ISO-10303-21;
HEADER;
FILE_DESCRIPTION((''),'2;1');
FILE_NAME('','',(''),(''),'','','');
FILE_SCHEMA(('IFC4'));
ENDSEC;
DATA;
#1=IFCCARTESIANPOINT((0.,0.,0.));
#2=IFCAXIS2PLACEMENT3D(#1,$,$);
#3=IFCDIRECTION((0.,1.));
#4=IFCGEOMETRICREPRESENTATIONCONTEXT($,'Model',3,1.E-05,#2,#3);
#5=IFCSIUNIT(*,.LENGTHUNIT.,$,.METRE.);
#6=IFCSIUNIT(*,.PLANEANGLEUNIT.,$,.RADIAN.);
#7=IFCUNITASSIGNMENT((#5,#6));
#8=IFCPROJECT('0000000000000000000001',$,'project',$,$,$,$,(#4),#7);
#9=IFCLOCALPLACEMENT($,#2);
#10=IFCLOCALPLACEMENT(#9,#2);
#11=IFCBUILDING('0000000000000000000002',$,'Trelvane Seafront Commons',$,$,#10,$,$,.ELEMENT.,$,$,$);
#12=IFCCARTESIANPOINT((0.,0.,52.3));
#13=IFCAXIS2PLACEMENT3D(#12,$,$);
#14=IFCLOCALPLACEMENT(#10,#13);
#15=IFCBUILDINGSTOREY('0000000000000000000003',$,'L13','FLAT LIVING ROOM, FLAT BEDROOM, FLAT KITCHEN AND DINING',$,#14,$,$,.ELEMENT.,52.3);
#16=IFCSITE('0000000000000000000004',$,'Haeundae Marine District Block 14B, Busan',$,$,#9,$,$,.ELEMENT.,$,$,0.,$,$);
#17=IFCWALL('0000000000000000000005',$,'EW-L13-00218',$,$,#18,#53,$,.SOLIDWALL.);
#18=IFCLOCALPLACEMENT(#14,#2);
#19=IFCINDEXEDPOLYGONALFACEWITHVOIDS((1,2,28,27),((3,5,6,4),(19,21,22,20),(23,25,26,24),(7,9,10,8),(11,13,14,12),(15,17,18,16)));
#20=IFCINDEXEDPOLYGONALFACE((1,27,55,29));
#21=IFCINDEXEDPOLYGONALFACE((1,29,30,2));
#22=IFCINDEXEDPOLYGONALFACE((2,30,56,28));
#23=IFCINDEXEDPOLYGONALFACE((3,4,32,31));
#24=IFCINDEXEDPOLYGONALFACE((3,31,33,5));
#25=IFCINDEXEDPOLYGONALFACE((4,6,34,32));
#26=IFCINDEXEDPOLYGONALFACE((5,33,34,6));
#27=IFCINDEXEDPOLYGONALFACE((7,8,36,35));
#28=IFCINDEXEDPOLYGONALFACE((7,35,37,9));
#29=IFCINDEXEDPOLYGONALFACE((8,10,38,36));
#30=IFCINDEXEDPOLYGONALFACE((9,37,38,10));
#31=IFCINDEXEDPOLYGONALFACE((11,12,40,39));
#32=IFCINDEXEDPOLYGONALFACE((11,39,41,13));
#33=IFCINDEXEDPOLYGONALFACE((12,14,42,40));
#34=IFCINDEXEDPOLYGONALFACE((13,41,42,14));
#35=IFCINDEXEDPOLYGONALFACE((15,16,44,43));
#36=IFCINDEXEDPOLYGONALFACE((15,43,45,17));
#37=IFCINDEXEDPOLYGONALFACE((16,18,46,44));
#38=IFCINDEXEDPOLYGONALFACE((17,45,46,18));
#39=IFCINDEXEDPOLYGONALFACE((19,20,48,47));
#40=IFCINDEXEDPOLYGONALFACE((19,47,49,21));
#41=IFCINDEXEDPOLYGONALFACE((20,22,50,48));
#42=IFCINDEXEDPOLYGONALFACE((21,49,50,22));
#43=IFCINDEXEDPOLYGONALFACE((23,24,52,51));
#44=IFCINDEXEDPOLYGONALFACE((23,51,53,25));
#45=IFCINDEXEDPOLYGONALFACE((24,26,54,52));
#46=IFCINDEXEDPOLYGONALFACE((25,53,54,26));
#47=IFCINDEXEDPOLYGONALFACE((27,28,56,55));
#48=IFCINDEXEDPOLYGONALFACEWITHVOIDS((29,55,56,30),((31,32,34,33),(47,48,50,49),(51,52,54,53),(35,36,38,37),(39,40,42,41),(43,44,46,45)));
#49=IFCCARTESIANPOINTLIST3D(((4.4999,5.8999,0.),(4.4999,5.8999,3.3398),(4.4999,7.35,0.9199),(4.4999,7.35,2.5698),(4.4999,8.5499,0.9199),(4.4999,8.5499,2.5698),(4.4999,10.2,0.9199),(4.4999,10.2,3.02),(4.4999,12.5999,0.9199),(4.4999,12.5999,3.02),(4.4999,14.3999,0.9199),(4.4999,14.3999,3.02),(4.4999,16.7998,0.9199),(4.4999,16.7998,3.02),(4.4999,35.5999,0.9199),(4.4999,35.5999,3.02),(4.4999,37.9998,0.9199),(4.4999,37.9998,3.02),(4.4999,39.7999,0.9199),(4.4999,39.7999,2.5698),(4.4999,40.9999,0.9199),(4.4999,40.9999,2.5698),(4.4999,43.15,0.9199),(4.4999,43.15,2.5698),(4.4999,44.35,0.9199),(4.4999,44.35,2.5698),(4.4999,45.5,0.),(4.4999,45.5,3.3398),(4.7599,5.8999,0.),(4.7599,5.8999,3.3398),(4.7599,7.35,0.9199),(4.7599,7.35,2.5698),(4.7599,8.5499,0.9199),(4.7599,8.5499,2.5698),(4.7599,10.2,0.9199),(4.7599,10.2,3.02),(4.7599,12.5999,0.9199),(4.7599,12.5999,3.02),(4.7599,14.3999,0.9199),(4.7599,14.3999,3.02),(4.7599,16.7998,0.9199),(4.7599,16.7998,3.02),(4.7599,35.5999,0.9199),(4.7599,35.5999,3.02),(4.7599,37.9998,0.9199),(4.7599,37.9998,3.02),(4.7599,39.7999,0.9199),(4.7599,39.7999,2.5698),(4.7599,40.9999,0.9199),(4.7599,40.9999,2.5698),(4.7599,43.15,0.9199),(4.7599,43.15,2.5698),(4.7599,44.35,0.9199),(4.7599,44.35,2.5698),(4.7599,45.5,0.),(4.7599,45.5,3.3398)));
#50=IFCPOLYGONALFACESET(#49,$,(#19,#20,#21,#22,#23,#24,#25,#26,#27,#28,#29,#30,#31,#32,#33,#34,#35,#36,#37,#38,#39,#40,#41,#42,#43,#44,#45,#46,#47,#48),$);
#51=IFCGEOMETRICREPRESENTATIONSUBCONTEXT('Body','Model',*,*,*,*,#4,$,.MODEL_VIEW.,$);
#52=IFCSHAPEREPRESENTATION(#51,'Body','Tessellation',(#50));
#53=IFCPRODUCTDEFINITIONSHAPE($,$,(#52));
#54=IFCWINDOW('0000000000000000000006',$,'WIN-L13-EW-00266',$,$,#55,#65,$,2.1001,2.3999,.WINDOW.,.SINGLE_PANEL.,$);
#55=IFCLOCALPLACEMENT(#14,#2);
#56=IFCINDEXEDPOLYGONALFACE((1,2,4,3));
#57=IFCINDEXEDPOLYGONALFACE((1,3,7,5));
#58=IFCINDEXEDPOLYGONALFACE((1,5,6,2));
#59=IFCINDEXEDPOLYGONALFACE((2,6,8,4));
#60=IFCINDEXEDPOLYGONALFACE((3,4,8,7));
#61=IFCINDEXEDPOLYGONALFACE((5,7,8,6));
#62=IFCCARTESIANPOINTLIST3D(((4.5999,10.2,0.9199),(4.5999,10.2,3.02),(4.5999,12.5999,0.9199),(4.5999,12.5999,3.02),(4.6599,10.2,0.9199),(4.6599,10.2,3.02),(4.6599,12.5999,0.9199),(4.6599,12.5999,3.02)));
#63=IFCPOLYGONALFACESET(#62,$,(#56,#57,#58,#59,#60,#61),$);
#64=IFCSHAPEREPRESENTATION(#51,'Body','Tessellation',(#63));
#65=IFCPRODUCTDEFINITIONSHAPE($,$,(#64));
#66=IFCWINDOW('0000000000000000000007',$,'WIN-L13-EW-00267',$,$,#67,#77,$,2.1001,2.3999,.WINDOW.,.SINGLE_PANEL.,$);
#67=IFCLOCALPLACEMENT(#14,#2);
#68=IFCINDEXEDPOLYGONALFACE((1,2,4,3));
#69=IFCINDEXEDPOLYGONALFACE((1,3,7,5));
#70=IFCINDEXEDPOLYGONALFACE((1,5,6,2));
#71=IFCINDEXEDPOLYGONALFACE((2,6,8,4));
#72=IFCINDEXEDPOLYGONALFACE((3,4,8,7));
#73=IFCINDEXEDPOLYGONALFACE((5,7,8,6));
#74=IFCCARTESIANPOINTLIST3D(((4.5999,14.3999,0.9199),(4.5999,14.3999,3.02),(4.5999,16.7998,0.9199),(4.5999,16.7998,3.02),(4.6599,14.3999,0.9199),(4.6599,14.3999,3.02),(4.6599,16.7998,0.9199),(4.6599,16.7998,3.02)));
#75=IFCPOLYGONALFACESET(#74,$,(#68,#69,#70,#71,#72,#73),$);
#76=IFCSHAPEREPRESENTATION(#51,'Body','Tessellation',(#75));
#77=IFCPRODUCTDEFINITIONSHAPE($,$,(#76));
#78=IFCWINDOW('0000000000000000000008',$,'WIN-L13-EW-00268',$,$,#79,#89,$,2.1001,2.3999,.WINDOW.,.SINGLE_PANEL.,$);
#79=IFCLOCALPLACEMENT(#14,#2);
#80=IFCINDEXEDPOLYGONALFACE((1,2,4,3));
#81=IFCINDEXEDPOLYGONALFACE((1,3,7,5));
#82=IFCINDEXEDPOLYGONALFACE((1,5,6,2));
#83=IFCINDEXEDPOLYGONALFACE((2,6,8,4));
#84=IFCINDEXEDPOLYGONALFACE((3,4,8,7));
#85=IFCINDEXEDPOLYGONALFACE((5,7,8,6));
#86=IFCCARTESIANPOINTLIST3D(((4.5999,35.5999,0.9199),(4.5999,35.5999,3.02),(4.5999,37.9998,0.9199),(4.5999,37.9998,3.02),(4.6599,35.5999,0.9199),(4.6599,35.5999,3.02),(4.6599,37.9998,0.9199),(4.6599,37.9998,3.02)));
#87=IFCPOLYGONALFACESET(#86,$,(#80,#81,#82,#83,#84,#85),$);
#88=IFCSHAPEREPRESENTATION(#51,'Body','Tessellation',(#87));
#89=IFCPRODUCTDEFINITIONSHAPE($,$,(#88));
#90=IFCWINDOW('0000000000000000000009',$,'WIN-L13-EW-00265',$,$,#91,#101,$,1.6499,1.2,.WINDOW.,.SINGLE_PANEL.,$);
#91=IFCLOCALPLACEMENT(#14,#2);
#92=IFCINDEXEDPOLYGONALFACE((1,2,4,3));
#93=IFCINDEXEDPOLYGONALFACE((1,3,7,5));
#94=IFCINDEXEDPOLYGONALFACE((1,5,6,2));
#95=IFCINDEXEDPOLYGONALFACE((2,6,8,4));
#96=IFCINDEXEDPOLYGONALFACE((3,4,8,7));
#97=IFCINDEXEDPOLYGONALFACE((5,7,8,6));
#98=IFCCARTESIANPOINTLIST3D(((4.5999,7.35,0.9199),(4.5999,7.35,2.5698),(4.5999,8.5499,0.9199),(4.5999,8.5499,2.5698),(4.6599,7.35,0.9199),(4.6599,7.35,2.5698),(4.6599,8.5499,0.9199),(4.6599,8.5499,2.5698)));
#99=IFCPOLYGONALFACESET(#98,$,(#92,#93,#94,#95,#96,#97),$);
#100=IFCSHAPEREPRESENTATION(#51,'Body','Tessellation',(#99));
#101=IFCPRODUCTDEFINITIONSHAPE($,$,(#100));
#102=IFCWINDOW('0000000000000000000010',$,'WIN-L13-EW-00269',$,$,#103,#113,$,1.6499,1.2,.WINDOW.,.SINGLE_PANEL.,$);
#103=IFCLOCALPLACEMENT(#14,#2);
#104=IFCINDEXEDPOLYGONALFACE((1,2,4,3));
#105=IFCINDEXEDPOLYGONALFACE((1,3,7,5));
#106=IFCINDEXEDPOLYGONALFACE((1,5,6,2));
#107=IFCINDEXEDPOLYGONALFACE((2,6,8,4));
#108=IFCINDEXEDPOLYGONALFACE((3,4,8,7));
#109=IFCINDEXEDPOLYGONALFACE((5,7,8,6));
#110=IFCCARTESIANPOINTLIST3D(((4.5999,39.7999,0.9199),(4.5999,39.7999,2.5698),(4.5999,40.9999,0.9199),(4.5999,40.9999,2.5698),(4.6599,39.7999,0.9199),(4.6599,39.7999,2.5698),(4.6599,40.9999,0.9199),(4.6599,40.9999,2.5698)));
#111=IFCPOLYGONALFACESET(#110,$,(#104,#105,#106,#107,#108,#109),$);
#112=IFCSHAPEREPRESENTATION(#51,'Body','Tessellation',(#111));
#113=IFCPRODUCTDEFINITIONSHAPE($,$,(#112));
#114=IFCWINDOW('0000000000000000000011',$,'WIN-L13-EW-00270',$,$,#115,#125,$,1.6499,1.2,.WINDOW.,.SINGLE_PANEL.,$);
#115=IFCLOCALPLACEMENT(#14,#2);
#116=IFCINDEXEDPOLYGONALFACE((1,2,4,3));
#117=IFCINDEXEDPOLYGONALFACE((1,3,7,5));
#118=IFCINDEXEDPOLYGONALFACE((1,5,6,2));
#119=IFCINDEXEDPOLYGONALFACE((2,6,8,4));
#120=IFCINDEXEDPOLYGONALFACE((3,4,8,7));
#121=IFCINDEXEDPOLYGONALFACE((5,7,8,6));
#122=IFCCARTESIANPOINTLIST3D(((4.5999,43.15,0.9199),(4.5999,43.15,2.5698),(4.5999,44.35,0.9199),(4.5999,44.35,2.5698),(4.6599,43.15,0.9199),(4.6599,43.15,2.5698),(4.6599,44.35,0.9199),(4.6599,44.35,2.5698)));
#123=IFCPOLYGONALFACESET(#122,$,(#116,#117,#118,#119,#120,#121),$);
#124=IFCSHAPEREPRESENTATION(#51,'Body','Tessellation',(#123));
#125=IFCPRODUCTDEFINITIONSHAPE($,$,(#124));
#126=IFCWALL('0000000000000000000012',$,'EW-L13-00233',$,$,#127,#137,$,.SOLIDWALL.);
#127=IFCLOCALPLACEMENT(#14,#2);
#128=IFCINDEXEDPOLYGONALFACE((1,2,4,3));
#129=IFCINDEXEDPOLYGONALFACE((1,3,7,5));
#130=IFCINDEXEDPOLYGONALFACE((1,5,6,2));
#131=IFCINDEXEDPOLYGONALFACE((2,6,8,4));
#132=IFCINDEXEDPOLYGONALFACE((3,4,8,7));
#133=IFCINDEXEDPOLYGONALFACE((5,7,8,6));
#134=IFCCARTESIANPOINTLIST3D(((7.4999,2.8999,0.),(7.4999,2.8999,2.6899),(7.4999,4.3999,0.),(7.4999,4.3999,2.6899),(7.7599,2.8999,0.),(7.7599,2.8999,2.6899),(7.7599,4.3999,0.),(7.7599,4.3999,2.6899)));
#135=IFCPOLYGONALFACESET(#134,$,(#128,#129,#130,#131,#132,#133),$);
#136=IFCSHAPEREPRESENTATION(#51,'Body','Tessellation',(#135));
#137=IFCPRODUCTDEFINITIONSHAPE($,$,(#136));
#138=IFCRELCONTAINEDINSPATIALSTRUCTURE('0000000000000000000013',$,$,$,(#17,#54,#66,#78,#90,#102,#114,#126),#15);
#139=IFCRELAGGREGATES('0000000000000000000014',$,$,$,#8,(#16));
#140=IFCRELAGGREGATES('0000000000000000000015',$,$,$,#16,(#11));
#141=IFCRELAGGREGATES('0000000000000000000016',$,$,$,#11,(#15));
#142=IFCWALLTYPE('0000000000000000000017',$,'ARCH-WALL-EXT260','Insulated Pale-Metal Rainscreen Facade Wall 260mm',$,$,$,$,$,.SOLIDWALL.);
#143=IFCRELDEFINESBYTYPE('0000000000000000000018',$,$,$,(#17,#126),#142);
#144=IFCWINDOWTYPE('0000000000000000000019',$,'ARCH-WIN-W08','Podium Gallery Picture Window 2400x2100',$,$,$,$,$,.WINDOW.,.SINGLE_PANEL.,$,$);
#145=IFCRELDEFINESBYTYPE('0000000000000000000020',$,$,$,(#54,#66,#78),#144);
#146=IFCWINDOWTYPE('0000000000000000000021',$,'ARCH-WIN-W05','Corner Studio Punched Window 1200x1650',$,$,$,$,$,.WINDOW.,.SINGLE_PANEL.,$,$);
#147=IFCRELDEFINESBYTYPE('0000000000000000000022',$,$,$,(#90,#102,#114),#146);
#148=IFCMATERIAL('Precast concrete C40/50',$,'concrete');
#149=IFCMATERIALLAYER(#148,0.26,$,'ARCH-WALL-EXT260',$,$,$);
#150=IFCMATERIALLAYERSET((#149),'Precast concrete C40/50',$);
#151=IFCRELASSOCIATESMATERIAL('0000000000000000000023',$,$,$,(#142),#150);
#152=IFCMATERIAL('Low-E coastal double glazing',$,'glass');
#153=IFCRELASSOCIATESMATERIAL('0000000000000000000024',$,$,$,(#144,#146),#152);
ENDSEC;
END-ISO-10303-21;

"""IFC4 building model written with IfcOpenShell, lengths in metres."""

from ifc_helpers import new_model, si_unit, direction, frame, frame_2d, origin, place, context, subcontext, project, spatial, rectangle, extrude, source, transform, mapped, material, layer, layer_set, type_object, element, fill, save


model = new_model("IFC4")

# Units and contexts
model_context = context("Model", 3, precision=1e-05, world=origin(), true_north=direction((0.0, 1.0)))
body_context = subcontext(model_context, "Body", "Model", "MODEL_VIEW")
ifc_project = project(units=[si_unit("LENGTHUNIT", "METRE"), si_unit("PLANEANGLEUNIT", "RADIAN")], contexts=[model_context])

# Site, building, storey
site_placement = place(None, origin())
site = spatial("IfcSite", under=ifc_project, at=site_placement, Name="Haeundae Marine District Block 14B, Busan", CompositionType="ELEMENT", RefElevation=0.0)
building_placement = place(site_placement, origin())
building = spatial("IfcBuilding", under=site, at=building_placement, Name="Trelvane Seafront Commons", CompositionType="ELEMENT")
storey_placement = place(building_placement, frame((0.0, 0.0, 52.3)))
storey = spatial("IfcBuildingStorey", under=building, at=storey_placement, Name="L13", Description="FLAT LIVING ROOM, FLAT BEDROOM, FLAT KITCHEN AND DINING", CompositionType="ELEMENT", Elevation=52.3)

# Shared definitions
ifc_material_1 = material(Name="Precast concrete C40/50", Category="concrete")
ifc_layer_1 = layer(ifc_material_1, 0.26, Name="ARCH-WALL-EXT260")
ifc_layer_set_1 = layer_set([ifc_layer_1], Name="Precast concrete C40/50")
wall_type_1 = type_object("IfcWallType", Name="ARCH-WALL-EXT260", Description="Insulated Pale-Metal Rainscreen Facade Wall 260mm", PredefinedType="SOLIDWALL", material=ifc_layer_set_1)

# Wall, openings, windows
wall_1_placement = place(storey_placement, frame((4.6299, 5.8999, 0.0), z_axis=(0.0, 0.0, 1.0), x_axis=(0.0, 1.0, 0.0)))
wall_1 = element("IfcWall", 1, at=wall_1_placement, inside=storey, type_object=wall_type_1, Name="EW-L13-00218", PredefinedType="SOLIDWALL", context=body_context, shape_type="SweptSolid", body=[
    extrude(rectangle(XDim=39.6001, YDim=0.26, at=frame_2d((19.8, 0.0))), origin(), (0.0, 0.0, 1.0), 3.3398),
])
opening_1_placement = place(wall_1_placement, frame((1.45, 0.0, 0.9199)))
opening_1 = element("IfcOpeningElement", 2, at=opening_1_placement, cuts=wall_1, PredefinedType="OPENING", context=body_context, shape_type="SweptSolid", body=[
    extrude(rectangle(XDim=1.2, YDim=1.6499, at=frame_2d((0.6001, 0.825))), frame((0.0, 0.1399, 0.0), z_axis=(0.0, -1.0, 0.0), x_axis=(1.0, 0.0, 0.0)), (0.0, 0.0, 1.0), 0.28),
])
opening_2_placement = place(wall_1_placement, frame((4.3, 0.0, 0.9199)))
opening_2 = element("IfcOpeningElement", 3, at=opening_2_placement, cuts=wall_1, PredefinedType="OPENING", context=body_context, shape_type="SweptSolid", body=[
    extrude(rectangle(XDim=2.3999, YDim=2.1001, at=frame_2d((1.2, 1.05))), frame((0.0, 0.1399, 0.0), z_axis=(0.0, -1.0, 0.0), x_axis=(1.0, 0.0, 0.0)), (0.0, 0.0, 1.0), 0.28),
])
opening_3_placement = place(wall_1_placement, frame((8.5, 0.0, 0.9199)))
opening_3 = element("IfcOpeningElement", 4, at=opening_3_placement, cuts=wall_1, PredefinedType="OPENING", context=body_context, shape_type="SweptSolid", body=[
    extrude(rectangle(XDim=2.3999, YDim=2.1001, at=frame_2d((1.2, 1.05))), frame((0.0, 0.1399, 0.0), z_axis=(0.0, -1.0, 0.0), x_axis=(1.0, 0.0, 0.0)), (0.0, 0.0, 1.0), 0.28),
])
opening_4_placement = place(wall_1_placement, frame((29.7, 0.0, 0.9199)))
opening_4 = element("IfcOpeningElement", 5, at=opening_4_placement, cuts=wall_1, PredefinedType="OPENING", context=body_context, shape_type="SweptSolid", body=[
    extrude(rectangle(XDim=2.3999, YDim=2.1001, at=frame_2d((1.2, 1.05))), frame((0.0, 0.1399, 0.0), z_axis=(0.0, -1.0, 0.0), x_axis=(1.0, 0.0, 0.0)), (0.0, 0.0, 1.0), 0.28),
])
opening_5_placement = place(wall_1_placement, frame((33.8999, 0.0, 0.9199)))
opening_5 = element("IfcOpeningElement", 6, at=opening_5_placement, cuts=wall_1, PredefinedType="OPENING", context=body_context, shape_type="SweptSolid", body=[
    extrude(rectangle(XDim=1.2, YDim=1.6499, at=frame_2d((0.6001, 0.825))), frame((0.0, 0.1399, 0.0), z_axis=(0.0, -1.0, 0.0), x_axis=(1.0, 0.0, 0.0)), (0.0, 0.0, 1.0), 0.28),
])
opening_6_placement = place(wall_1_placement, frame((37.25, 0.0, 0.9199)))
opening_6 = element("IfcOpeningElement", 7, at=opening_6_placement, cuts=wall_1, PredefinedType="OPENING", context=body_context, shape_type="SweptSolid", body=[
    extrude(rectangle(XDim=1.2, YDim=1.6499, at=frame_2d((0.6001, 0.825))), frame((0.0, 0.1399, 0.0), z_axis=(0.0, -1.0, 0.0), x_axis=(1.0, 0.0, 0.0)), (0.0, 0.0, 1.0), 0.28),
])
ifc_material_2 = material(Name="Low-E coastal double glazing", Category="glass")
window_type_1 = type_object("IfcWindowType", Name="ARCH-WIN-W08", Description="Podium Gallery Picture Window 2400x2100", PartitioningType="SINGLE_PANEL", PredefinedType="WINDOW", material=ifc_material_2)
shared_shape_1 = source(origin(), body_context, "Body", "SweptSolid", [
    extrude(rectangle(XDim=2.3999, YDim=2.1001, at=frame_2d((1.2, 1.05))), frame((0.0, 0.03, 0.0), z_axis=(0.0, -1.0, 0.0), x_axis=(1.0, 0.0, 0.0)), (0.0, 0.0, 1.0), 0.0601),
])
window_1_placement = place(opening_2_placement, origin())
window_1 = element("IfcWindow", 8, at=window_1_placement, inside=storey, type_object=window_type_1, Name="WIN-L13-EW-00266", OverallHeight=2.1001, OverallWidth=2.3999, PartitioningType="SINGLE_PANEL", PredefinedType="WINDOW", context=body_context, shape_type="MappedRepresentation", body=[
    mapped(shared_shape_1, transform((0.0, 0.0, 0.0), x_axis=(1.0, 0.0, 0.0), y_axis=(0.0, 1.0, 0.0), z_axis=(0.0, 0.0, 1.0), scale=1.0)),
])
fill(opening_2, window_1)
window_2_placement = place(opening_3_placement, origin())
window_2 = element("IfcWindow", 9, at=window_2_placement, inside=storey, type_object=window_type_1, Name="WIN-L13-EW-00267", OverallHeight=2.1001, OverallWidth=2.3999, PartitioningType="SINGLE_PANEL", PredefinedType="WINDOW", context=body_context, shape_type="MappedRepresentation", body=[
    mapped(shared_shape_1, transform((0.0, 0.0, 0.0), x_axis=(1.0, 0.0, 0.0), y_axis=(0.0, 1.0, 0.0), z_axis=(0.0, 0.0, 1.0), scale=1.0)),
])
fill(opening_3, window_2)
window_3_placement = place(opening_4_placement, origin())
window_3 = element("IfcWindow", 10, at=window_3_placement, inside=storey, type_object=window_type_1, Name="WIN-L13-EW-00268", OverallHeight=2.1001, OverallWidth=2.3999, PartitioningType="SINGLE_PANEL", PredefinedType="WINDOW", context=body_context, shape_type="MappedRepresentation", body=[
    mapped(shared_shape_1, transform((0.0, 0.0, 0.0), x_axis=(1.0, 0.0, 0.0), y_axis=(0.0, 1.0, 0.0), z_axis=(0.0, 0.0, 1.0), scale=1.0)),
])
fill(opening_4, window_3)
window_type_2 = type_object("IfcWindowType", Name="ARCH-WIN-W05", Description="Corner Studio Punched Window 1200x1650", PartitioningType="SINGLE_PANEL", PredefinedType="WINDOW", material=ifc_material_2)
shared_shape_2 = source(origin(), body_context, "Body", "SweptSolid", [
    extrude(rectangle(XDim=1.2, YDim=1.6499, at=frame_2d((0.6001, 0.825))), frame((0.0, 0.03, 0.0), z_axis=(0.0, -1.0, 0.0), x_axis=(1.0, 0.0, 0.0)), (0.0, 0.0, 1.0), 0.0601),
])
window_4_placement = place(opening_1_placement, origin())
window_4 = element("IfcWindow", 11, at=window_4_placement, inside=storey, type_object=window_type_2, Name="WIN-L13-EW-00265", OverallHeight=1.6499, OverallWidth=1.2, PartitioningType="SINGLE_PANEL", PredefinedType="WINDOW", context=body_context, shape_type="MappedRepresentation", body=[
    mapped(shared_shape_2, transform((0.0, 0.0, 0.0), x_axis=(1.0, 0.0, 0.0), y_axis=(0.0, 1.0, 0.0), z_axis=(0.0, 0.0, 1.0), scale=1.0)),
])
fill(opening_1, window_4)
window_5_placement = place(opening_5_placement, origin())
window_5 = element("IfcWindow", 12, at=window_5_placement, inside=storey, type_object=window_type_2, Name="WIN-L13-EW-00269", OverallHeight=1.6499, OverallWidth=1.2, PartitioningType="SINGLE_PANEL", PredefinedType="WINDOW", context=body_context, shape_type="MappedRepresentation", body=[
    mapped(shared_shape_2, transform((0.0, 0.0, 0.0), x_axis=(1.0, 0.0, 0.0), y_axis=(0.0, 1.0, 0.0), z_axis=(0.0, 0.0, 1.0), scale=1.0)),
])
fill(opening_5, window_5)
window_6_placement = place(opening_6_placement, origin())
window_6 = element("IfcWindow", 13, at=window_6_placement, inside=storey, type_object=window_type_2, Name="WIN-L13-EW-00270", OverallHeight=1.6499, OverallWidth=1.2, PartitioningType="SINGLE_PANEL", PredefinedType="WINDOW", context=body_context, shape_type="MappedRepresentation", body=[
    mapped(shared_shape_2, transform((0.0, 0.0, 0.0), x_axis=(1.0, 0.0, 0.0), y_axis=(0.0, 1.0, 0.0), z_axis=(0.0, 0.0, 1.0), scale=1.0)),
])
fill(opening_6, window_6)

# Wall
wall_2_placement = place(storey_placement, frame((7.6299, 2.8999, 0.0), z_axis=(0.0, 0.0, 1.0), x_axis=(0.0, 1.0, 0.0)))
element("IfcWall", 14, at=wall_2_placement, inside=storey, type_object=wall_type_1, Name="EW-L13-00233", PredefinedType="SOLIDWALL", context=body_context, shape_type="SweptSolid", body=[
    extrude(rectangle(XDim=1.5, YDim=0.26, at=frame_2d((0.75, 0.0))), origin(), (0.0, 0.0, 1.0), 2.6899),
])

save(model, "model.ifc")
